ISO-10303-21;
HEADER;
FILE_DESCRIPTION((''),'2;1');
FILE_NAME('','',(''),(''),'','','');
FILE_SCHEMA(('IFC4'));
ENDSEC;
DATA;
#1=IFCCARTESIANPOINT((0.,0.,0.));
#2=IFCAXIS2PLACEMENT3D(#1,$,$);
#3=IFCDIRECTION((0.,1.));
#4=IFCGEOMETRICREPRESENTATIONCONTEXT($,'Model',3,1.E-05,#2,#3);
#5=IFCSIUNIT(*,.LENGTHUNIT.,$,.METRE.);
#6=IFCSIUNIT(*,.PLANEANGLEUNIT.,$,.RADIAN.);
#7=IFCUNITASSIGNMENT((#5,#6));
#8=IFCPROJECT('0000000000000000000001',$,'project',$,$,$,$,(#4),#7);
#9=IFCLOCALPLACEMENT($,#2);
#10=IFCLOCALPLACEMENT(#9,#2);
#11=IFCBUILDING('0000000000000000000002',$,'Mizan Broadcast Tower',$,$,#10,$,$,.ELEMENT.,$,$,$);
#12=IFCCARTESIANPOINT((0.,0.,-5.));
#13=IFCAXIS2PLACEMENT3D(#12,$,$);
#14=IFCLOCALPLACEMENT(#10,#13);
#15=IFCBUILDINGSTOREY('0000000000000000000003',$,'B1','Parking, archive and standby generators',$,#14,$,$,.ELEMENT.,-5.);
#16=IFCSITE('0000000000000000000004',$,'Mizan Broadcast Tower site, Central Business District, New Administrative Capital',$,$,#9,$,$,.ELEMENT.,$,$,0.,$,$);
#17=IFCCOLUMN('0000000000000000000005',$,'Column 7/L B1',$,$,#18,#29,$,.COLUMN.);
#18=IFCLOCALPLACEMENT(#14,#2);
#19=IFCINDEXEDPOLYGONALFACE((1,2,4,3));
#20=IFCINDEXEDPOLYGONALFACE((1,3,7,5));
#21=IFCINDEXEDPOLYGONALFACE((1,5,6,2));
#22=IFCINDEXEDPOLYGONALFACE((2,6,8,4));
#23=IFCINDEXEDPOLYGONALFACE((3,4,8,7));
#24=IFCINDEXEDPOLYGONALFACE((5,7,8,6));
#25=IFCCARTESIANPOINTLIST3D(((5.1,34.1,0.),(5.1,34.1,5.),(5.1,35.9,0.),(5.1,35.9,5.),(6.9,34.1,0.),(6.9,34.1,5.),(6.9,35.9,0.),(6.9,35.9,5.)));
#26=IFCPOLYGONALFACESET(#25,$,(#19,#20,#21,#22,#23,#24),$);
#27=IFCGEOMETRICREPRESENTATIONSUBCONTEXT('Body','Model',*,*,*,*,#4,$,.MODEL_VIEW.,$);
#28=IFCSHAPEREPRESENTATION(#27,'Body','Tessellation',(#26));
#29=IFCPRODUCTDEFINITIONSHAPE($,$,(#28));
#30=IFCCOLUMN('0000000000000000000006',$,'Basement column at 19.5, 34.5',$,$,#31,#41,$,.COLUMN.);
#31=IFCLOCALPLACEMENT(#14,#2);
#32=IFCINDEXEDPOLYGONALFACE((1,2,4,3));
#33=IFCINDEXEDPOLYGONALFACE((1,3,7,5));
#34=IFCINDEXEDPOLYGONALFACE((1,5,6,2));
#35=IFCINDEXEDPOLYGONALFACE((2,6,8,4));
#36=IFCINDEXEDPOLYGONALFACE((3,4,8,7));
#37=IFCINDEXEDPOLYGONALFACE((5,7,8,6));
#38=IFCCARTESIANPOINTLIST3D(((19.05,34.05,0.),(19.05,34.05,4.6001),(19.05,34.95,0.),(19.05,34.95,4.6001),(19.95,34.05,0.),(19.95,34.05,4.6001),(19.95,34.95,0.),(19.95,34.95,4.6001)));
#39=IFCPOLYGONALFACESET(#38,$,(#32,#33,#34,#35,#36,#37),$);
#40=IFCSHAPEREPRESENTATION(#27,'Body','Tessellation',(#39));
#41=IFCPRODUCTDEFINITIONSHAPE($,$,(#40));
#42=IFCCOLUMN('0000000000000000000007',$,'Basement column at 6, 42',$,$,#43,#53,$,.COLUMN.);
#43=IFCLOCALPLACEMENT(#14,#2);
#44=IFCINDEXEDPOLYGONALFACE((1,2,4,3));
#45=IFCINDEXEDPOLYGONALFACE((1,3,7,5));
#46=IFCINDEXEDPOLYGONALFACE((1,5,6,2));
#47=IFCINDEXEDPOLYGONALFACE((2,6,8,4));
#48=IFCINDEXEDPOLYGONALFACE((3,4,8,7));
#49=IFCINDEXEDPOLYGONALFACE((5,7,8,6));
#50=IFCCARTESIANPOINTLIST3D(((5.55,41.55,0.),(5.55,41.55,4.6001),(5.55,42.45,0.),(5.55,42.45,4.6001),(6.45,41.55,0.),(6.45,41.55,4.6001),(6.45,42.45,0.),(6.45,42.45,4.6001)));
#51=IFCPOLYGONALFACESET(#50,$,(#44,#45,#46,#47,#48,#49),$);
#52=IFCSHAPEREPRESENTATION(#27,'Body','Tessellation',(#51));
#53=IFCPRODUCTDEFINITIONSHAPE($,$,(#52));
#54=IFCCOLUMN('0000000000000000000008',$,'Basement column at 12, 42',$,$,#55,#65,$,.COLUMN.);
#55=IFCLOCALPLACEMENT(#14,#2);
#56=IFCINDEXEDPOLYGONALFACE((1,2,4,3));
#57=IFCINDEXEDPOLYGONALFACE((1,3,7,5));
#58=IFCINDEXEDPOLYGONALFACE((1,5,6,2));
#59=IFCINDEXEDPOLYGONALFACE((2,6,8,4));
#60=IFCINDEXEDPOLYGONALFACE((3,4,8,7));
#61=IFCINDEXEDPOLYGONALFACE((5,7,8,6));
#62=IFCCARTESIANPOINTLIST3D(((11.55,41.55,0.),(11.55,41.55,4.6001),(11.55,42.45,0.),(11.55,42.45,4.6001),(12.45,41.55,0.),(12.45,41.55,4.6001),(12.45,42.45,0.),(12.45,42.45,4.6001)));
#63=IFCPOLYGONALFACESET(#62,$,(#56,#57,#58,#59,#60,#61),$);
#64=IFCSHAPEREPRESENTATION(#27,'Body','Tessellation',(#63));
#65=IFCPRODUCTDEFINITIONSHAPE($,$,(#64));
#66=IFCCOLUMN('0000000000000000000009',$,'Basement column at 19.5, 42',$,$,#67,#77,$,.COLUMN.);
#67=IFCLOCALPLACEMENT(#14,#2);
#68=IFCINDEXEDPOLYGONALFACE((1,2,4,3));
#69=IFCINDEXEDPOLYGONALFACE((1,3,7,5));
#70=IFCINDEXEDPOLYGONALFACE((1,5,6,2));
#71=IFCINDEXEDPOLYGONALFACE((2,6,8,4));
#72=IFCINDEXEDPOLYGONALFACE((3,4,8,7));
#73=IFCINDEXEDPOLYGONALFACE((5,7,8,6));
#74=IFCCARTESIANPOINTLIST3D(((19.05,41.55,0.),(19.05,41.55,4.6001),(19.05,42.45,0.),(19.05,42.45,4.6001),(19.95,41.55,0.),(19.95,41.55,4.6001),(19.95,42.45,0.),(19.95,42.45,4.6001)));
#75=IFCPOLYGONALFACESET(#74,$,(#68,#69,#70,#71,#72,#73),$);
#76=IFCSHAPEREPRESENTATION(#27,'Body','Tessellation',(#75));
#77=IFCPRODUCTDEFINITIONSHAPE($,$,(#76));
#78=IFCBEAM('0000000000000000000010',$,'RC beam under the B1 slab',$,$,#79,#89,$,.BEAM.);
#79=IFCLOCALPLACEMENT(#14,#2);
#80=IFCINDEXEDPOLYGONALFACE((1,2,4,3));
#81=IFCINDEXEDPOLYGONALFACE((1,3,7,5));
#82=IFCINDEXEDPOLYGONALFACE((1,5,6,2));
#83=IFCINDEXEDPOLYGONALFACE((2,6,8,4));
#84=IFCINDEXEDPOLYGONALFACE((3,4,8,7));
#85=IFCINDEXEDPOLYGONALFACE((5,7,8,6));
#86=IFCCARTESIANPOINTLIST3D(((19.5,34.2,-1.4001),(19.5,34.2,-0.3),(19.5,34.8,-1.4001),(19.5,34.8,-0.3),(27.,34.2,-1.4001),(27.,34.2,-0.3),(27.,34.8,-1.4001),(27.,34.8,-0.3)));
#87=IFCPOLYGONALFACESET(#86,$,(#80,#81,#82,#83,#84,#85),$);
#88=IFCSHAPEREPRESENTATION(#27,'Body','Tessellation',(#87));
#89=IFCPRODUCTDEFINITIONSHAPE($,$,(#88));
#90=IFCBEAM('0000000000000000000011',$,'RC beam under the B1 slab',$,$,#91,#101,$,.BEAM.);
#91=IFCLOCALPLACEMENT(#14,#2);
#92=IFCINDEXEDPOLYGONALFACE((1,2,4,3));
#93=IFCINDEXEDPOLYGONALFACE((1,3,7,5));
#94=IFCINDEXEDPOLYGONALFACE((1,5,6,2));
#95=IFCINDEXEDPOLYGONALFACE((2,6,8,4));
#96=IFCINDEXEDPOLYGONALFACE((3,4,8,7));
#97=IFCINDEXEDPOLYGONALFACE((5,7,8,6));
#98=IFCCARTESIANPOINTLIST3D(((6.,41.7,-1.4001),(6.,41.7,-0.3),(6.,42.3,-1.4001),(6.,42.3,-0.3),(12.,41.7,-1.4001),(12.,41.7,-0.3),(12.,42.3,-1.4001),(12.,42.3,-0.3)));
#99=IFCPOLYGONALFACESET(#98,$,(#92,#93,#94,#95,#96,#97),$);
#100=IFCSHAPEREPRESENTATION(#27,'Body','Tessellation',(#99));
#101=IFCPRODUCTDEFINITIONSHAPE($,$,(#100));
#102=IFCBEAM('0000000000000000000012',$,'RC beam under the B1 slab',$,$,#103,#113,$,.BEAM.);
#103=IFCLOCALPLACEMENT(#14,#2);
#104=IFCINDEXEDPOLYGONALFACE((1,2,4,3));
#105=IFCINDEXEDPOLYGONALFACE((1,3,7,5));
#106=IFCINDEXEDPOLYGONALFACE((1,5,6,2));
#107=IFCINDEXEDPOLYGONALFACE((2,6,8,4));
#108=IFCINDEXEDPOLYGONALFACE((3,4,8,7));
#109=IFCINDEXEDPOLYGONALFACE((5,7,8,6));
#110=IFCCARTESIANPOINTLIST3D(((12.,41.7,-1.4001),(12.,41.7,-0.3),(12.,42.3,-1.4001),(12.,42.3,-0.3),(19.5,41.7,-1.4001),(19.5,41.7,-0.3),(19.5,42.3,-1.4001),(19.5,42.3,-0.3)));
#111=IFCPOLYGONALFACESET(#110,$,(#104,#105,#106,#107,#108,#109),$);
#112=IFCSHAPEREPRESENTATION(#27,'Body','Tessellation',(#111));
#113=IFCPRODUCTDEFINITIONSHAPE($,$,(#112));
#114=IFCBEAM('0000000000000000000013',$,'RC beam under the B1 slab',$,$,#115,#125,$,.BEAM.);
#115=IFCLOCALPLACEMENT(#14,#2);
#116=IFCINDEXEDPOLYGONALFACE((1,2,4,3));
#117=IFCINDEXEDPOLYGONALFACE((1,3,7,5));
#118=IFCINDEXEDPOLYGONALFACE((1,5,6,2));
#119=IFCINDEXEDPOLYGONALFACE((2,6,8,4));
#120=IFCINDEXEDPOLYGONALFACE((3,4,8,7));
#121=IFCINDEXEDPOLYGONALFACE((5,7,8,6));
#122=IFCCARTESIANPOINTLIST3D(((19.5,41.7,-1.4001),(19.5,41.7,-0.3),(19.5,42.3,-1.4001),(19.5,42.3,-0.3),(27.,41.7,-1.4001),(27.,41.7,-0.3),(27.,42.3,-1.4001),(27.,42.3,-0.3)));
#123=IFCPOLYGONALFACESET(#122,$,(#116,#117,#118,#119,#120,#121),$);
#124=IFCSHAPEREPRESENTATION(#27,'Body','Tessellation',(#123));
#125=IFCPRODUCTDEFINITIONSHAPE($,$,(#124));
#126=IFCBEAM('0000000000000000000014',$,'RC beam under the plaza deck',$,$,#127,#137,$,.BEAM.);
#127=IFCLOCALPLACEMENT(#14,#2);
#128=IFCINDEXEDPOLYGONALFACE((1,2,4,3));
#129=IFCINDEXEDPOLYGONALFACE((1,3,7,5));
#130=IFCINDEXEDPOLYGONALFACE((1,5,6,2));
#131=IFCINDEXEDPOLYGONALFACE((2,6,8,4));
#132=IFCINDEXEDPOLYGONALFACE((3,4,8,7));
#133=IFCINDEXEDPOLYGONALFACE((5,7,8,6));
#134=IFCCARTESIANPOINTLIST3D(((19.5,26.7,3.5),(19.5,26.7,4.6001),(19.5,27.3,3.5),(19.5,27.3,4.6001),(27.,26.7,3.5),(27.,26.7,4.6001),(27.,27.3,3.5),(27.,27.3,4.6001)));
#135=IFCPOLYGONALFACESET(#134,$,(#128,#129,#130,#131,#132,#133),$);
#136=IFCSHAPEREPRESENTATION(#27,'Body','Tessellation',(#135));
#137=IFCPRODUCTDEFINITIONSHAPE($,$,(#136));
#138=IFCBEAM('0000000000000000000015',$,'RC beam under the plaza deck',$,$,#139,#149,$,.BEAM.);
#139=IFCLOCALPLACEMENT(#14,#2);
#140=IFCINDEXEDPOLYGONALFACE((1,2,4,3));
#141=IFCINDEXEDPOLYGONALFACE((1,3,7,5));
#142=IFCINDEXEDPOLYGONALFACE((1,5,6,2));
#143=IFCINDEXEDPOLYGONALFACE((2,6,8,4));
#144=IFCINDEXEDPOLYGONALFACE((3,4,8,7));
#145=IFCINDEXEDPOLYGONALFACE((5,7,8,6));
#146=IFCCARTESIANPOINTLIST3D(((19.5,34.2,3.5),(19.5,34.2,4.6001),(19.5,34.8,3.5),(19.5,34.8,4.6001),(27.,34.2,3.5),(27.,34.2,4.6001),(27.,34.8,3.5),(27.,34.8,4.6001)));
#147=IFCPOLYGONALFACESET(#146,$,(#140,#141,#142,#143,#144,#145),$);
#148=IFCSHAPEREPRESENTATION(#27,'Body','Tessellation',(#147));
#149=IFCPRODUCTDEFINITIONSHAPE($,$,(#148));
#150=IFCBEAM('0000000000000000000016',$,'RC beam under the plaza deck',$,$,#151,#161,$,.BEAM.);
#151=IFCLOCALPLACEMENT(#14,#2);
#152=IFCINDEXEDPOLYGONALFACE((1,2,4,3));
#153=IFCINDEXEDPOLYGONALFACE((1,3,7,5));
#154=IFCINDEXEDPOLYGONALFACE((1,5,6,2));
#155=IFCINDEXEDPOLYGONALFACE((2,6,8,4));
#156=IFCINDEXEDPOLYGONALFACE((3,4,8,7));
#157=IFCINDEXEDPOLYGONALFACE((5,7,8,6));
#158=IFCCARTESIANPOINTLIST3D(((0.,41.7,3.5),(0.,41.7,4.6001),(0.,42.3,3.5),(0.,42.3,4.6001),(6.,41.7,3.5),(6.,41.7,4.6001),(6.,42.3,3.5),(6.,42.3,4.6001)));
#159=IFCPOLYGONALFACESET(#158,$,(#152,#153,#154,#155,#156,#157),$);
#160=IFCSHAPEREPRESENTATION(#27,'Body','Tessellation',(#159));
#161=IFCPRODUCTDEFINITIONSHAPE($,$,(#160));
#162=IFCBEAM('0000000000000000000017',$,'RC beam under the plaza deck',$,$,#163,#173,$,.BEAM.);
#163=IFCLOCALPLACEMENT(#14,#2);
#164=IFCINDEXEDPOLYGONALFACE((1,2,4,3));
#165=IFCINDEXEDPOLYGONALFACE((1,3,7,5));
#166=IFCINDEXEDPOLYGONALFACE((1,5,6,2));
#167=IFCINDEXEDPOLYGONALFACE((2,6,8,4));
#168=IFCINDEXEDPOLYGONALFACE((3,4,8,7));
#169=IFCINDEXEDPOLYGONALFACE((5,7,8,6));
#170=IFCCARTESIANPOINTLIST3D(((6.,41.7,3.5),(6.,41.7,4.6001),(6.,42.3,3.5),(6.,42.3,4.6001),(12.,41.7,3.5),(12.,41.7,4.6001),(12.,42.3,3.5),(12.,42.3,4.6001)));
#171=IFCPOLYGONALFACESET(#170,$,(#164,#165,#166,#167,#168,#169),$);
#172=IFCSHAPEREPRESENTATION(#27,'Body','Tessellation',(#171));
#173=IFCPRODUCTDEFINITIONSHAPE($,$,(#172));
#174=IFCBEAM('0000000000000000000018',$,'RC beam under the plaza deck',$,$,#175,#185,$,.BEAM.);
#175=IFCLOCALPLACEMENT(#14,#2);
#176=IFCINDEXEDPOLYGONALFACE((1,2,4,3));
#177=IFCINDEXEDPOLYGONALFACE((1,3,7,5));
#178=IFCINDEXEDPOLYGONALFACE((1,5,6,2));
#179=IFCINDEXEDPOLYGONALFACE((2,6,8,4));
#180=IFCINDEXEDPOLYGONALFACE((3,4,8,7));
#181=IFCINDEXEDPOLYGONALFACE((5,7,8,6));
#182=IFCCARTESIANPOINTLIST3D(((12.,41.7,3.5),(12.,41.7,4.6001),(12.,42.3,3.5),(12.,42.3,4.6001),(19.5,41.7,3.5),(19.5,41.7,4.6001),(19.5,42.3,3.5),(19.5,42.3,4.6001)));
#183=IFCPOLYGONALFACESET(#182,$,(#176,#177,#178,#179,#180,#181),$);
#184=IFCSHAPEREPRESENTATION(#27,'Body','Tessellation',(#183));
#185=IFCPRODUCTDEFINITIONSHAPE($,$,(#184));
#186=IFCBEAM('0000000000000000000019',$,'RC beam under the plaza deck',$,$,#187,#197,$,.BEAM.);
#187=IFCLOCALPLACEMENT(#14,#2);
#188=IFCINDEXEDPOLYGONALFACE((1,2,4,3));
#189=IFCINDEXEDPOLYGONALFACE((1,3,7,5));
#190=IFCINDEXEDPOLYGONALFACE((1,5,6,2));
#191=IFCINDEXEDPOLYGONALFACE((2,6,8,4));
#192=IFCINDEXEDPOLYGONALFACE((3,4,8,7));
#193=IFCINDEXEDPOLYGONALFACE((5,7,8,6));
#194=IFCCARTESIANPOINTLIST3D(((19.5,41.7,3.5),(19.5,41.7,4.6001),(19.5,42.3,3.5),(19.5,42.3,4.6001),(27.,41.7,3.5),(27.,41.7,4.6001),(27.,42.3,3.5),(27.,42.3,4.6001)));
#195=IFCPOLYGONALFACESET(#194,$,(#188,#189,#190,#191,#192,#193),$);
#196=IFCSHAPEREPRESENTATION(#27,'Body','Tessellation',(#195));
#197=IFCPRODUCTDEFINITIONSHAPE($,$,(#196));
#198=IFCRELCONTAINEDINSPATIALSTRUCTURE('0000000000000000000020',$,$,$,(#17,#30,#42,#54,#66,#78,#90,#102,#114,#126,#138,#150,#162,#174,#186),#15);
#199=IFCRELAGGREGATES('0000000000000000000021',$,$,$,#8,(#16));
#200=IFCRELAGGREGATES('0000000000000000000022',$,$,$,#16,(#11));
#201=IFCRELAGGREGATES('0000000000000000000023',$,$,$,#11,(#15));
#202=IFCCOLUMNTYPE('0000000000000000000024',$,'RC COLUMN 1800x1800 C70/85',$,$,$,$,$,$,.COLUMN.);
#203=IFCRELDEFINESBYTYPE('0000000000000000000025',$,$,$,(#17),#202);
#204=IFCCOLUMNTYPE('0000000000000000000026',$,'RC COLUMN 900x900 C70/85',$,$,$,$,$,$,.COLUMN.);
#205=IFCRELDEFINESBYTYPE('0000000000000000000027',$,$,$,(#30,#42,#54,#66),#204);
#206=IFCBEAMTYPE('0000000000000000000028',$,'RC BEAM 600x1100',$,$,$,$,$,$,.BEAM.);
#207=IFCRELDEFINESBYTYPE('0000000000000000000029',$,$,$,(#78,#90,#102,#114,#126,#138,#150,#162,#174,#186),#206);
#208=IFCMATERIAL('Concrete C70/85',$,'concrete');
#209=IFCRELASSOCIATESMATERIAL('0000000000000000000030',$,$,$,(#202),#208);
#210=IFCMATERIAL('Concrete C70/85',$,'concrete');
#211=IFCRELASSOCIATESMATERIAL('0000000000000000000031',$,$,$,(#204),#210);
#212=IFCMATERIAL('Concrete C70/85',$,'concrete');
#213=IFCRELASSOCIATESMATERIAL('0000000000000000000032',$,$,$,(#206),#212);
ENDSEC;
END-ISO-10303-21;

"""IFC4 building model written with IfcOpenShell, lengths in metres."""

from ifc_helpers import new_model, si_unit, direction, frame, origin, origin_2d, place, context, subcontext, project, spatial, rectangle, extrude, material, material_profile, profile_set, type_object, element, save


model = new_model("IFC4")

# Units and contexts
model_context = context("Model", 3, precision=1e-05, world=origin(), true_north=direction((0.0, 1.0)))
body_context = subcontext(model_context, "Body", "Model", "MODEL_VIEW")
ifc_project = project(units=[si_unit("LENGTHUNIT", "METRE"), si_unit("PLANEANGLEUNIT", "RADIAN")], contexts=[model_context])

# Site, building, storey
site_placement = place(None, origin())
site = spatial("IfcSite", under=ifc_project, at=site_placement, Name="Mizan Broadcast Tower site, Central Business District, New Administrative Capital", CompositionType="ELEMENT", RefElevation=0.0)
building_placement = place(site_placement, origin())
building = spatial("IfcBuilding", under=site, at=building_placement, Name="Mizan Broadcast Tower", CompositionType="ELEMENT")
storey_placement = place(building_placement, frame((0.0, 0.0, -5.0)))
storey = spatial("IfcBuildingStorey", under=building, at=storey_placement, Name="B1", Description="Parking, archive and standby generators", CompositionType="ELEMENT", Elevation=-5.0)

# Columns
ifc_material_1 = material(Name="Concrete C70/85", Category="concrete")
ifc_material_profile_1 = material_profile(ifc_material_1, rectangle(XDim=1.8, YDim=1.8, at=origin_2d()), Name="RC 1800x1800")
ifc_profile_set_1 = profile_set([ifc_material_profile_1], Name="Concrete C70/85")
column_type_1 = type_object("IfcColumnType", Name="RC COLUMN 1800x1800 C70/85", PredefinedType="COLUMN", material=ifc_profile_set_1)
column_placement = place(storey_placement, frame((6.0, 35.0, 0.0), z_axis=(0.0, 0.0, 1.0), x_axis=(1.0, 0.0, 0.0)))
element("IfcColumn", 1, at=column_placement, inside=storey, type_object=column_type_1, Name="Column 7/L B1", PredefinedType="COLUMN", context=body_context, shape_type="SweptSolid", body=[
    extrude(rectangle(XDim=1.8, YDim=1.8, at=origin_2d()), origin(), (0.0, 0.0, 1.0), 5.0),
])
ifc_material_2 = material(Name="Concrete C70/85", Category="concrete")
ifc_material_profile_2 = material_profile(ifc_material_2, rectangle(XDim=0.8999, YDim=0.8999, at=origin_2d()), Name="RC 900x900")
ifc_profile_set_2 = profile_set([ifc_material_profile_2], Name="Concrete C70/85")
column_type_2 = type_object("IfcColumnType", Name="RC COLUMN 900x900 C70/85", PredefinedType="COLUMN", material=ifc_profile_set_2)
for number, where, z_axis, x_axis, name in (
    (2, (19.5, 34.5, 0.0), (0.0, 0.0, 1.0), (1.0, 0.0, 0.0), "Basement column at 19.5, 34.5"),
    (3, (6.0, 42.0, 0.0), (0.0, 0.0, 1.0), (1.0, 0.0, 0.0), "Basement column at 6, 42"),
    (4, (12.0, 42.0, 0.0), (0.0, 0.0, 1.0), (1.0, 0.0, 0.0), "Basement column at 12, 42"),
    (5, (19.5, 42.0, 0.0), (0.0, 0.0, 1.0), (1.0, 0.0, 0.0), "Basement column at 19.5, 42"),
):
    element("IfcColumn", number, at=place(storey_placement, frame(where, z_axis=z_axis, x_axis=x_axis)), inside=storey, type_object=column_type_2, Name=name, PredefinedType="COLUMN", context=body_context, shape_type="SweptSolid", body=[
        extrude(rectangle(XDim=0.8999, YDim=0.8999, at=origin_2d()), origin(), (0.0, 0.0, 1.0), 4.6001),
    ])

# Beams
ifc_material_3 = material(Name="Concrete C70/85", Category="concrete")
ifc_material_profile_3 = material_profile(ifc_material_3, rectangle(XDim=0.6001, YDim=1.1001, at=origin_2d()), Name="RC 600x1100")
ifc_profile_set_3 = profile_set([ifc_material_profile_3], Name="Concrete C70/85")
beam_type = type_object("IfcBeamType", Name="RC BEAM 600x1100", PredefinedType="BEAM", material=ifc_profile_set_3)
beam_1_placement = place(storey_placement, frame((19.5, 34.5, -0.8501), z_axis=(1.0, 0.0, 0.0), x_axis=(0.0, 1.0, 0.0)))
element("IfcBeam", 6, at=beam_1_placement, inside=storey, type_object=beam_type, Name="RC beam under the B1 slab", PredefinedType="BEAM", context=body_context, shape_type="SweptSolid", body=[
    extrude(rectangle(XDim=0.6001, YDim=1.1001, at=origin_2d()), origin(), (0.0, 0.0, 1.0), 7.5),
])
beam_2_placement = place(storey_placement, frame((6.0, 42.0, -0.8501), z_axis=(1.0, 0.0, 0.0), x_axis=(0.0, 1.0, 0.0)))
element("IfcBeam", 7, at=beam_2_placement, inside=storey, type_object=beam_type, Name="RC beam under the B1 slab", PredefinedType="BEAM", context=body_context, shape_type="SweptSolid", body=[
    extrude(rectangle(XDim=0.6001, YDim=1.1001, at=origin_2d()), origin(), (0.0, 0.0, 1.0), 6.0),
])
for number, where, z_axis, x_axis, name in (
    (8, (12.0, 42.0, -0.8501), (1.0, 0.0, 0.0), (0.0, 1.0, 0.0), "RC beam under the B1 slab"),
    (9, (19.5, 42.0, -0.8501), (1.0, 0.0, 0.0), (0.0, 1.0, 0.0), "RC beam under the B1 slab"),
    (10, (19.5, 27.0, 4.05), (1.0, 0.0, 0.0), (0.0, 1.0, 0.0), "RC beam under the plaza deck"),
    (11, (19.5, 34.5, 4.05), (1.0, 0.0, 0.0), (0.0, 1.0, 0.0), "RC beam under the plaza deck"),
):
    element("IfcBeam", number, at=place(storey_placement, frame(where, z_axis=z_axis, x_axis=x_axis)), inside=storey, type_object=beam_type, Name=name, PredefinedType="BEAM", context=body_context, shape_type="SweptSolid", body=[
        extrude(rectangle(XDim=0.6001, YDim=1.1001, at=origin_2d()), origin(), (0.0, 0.0, 1.0), 7.5),
    ])
for number, where, z_axis, x_axis, name in (
    (12, (0.0, 42.0, 4.05), (1.0, 0.0, 0.0), (0.0, 1.0, 0.0), "RC beam under the plaza deck"),
    (13, (6.0, 42.0, 4.05), (1.0, 0.0, 0.0), (0.0, 1.0, 0.0), "RC beam under the plaza deck"),
):
    element("IfcBeam", number, at=place(storey_placement, frame(where, z_axis=z_axis, x_axis=x_axis)), inside=storey, type_object=beam_type, Name=name, PredefinedType="BEAM", context=body_context, shape_type="SweptSolid", body=[
        extrude(rectangle(XDim=0.6001, YDim=1.1001, at=origin_2d()), origin(), (0.0, 0.0, 1.0), 6.0),
    ])
for number, where, z_axis, x_axis, name in (
    (14, (12.0, 42.0, 4.05), (1.0, 0.0, 0.0), (0.0, 1.0, 0.0), "RC beam under the plaza deck"),
    (15, (19.5, 42.0, 4.05), (1.0, 0.0, 0.0), (0.0, 1.0, 0.0), "RC beam under the plaza deck"),
):
    element("IfcBeam", number, at=place(storey_placement, frame(where, z_axis=z_axis, x_axis=x_axis)), inside=storey, type_object=beam_type, Name=name, PredefinedType="BEAM", context=body_context, shape_type="SweptSolid", body=[
        extrude(rectangle(XDim=0.6001, YDim=1.1001, at=origin_2d()), origin(), (0.0, 0.0, 1.0), 7.5),
    ])

save(model, "model.ifc")
